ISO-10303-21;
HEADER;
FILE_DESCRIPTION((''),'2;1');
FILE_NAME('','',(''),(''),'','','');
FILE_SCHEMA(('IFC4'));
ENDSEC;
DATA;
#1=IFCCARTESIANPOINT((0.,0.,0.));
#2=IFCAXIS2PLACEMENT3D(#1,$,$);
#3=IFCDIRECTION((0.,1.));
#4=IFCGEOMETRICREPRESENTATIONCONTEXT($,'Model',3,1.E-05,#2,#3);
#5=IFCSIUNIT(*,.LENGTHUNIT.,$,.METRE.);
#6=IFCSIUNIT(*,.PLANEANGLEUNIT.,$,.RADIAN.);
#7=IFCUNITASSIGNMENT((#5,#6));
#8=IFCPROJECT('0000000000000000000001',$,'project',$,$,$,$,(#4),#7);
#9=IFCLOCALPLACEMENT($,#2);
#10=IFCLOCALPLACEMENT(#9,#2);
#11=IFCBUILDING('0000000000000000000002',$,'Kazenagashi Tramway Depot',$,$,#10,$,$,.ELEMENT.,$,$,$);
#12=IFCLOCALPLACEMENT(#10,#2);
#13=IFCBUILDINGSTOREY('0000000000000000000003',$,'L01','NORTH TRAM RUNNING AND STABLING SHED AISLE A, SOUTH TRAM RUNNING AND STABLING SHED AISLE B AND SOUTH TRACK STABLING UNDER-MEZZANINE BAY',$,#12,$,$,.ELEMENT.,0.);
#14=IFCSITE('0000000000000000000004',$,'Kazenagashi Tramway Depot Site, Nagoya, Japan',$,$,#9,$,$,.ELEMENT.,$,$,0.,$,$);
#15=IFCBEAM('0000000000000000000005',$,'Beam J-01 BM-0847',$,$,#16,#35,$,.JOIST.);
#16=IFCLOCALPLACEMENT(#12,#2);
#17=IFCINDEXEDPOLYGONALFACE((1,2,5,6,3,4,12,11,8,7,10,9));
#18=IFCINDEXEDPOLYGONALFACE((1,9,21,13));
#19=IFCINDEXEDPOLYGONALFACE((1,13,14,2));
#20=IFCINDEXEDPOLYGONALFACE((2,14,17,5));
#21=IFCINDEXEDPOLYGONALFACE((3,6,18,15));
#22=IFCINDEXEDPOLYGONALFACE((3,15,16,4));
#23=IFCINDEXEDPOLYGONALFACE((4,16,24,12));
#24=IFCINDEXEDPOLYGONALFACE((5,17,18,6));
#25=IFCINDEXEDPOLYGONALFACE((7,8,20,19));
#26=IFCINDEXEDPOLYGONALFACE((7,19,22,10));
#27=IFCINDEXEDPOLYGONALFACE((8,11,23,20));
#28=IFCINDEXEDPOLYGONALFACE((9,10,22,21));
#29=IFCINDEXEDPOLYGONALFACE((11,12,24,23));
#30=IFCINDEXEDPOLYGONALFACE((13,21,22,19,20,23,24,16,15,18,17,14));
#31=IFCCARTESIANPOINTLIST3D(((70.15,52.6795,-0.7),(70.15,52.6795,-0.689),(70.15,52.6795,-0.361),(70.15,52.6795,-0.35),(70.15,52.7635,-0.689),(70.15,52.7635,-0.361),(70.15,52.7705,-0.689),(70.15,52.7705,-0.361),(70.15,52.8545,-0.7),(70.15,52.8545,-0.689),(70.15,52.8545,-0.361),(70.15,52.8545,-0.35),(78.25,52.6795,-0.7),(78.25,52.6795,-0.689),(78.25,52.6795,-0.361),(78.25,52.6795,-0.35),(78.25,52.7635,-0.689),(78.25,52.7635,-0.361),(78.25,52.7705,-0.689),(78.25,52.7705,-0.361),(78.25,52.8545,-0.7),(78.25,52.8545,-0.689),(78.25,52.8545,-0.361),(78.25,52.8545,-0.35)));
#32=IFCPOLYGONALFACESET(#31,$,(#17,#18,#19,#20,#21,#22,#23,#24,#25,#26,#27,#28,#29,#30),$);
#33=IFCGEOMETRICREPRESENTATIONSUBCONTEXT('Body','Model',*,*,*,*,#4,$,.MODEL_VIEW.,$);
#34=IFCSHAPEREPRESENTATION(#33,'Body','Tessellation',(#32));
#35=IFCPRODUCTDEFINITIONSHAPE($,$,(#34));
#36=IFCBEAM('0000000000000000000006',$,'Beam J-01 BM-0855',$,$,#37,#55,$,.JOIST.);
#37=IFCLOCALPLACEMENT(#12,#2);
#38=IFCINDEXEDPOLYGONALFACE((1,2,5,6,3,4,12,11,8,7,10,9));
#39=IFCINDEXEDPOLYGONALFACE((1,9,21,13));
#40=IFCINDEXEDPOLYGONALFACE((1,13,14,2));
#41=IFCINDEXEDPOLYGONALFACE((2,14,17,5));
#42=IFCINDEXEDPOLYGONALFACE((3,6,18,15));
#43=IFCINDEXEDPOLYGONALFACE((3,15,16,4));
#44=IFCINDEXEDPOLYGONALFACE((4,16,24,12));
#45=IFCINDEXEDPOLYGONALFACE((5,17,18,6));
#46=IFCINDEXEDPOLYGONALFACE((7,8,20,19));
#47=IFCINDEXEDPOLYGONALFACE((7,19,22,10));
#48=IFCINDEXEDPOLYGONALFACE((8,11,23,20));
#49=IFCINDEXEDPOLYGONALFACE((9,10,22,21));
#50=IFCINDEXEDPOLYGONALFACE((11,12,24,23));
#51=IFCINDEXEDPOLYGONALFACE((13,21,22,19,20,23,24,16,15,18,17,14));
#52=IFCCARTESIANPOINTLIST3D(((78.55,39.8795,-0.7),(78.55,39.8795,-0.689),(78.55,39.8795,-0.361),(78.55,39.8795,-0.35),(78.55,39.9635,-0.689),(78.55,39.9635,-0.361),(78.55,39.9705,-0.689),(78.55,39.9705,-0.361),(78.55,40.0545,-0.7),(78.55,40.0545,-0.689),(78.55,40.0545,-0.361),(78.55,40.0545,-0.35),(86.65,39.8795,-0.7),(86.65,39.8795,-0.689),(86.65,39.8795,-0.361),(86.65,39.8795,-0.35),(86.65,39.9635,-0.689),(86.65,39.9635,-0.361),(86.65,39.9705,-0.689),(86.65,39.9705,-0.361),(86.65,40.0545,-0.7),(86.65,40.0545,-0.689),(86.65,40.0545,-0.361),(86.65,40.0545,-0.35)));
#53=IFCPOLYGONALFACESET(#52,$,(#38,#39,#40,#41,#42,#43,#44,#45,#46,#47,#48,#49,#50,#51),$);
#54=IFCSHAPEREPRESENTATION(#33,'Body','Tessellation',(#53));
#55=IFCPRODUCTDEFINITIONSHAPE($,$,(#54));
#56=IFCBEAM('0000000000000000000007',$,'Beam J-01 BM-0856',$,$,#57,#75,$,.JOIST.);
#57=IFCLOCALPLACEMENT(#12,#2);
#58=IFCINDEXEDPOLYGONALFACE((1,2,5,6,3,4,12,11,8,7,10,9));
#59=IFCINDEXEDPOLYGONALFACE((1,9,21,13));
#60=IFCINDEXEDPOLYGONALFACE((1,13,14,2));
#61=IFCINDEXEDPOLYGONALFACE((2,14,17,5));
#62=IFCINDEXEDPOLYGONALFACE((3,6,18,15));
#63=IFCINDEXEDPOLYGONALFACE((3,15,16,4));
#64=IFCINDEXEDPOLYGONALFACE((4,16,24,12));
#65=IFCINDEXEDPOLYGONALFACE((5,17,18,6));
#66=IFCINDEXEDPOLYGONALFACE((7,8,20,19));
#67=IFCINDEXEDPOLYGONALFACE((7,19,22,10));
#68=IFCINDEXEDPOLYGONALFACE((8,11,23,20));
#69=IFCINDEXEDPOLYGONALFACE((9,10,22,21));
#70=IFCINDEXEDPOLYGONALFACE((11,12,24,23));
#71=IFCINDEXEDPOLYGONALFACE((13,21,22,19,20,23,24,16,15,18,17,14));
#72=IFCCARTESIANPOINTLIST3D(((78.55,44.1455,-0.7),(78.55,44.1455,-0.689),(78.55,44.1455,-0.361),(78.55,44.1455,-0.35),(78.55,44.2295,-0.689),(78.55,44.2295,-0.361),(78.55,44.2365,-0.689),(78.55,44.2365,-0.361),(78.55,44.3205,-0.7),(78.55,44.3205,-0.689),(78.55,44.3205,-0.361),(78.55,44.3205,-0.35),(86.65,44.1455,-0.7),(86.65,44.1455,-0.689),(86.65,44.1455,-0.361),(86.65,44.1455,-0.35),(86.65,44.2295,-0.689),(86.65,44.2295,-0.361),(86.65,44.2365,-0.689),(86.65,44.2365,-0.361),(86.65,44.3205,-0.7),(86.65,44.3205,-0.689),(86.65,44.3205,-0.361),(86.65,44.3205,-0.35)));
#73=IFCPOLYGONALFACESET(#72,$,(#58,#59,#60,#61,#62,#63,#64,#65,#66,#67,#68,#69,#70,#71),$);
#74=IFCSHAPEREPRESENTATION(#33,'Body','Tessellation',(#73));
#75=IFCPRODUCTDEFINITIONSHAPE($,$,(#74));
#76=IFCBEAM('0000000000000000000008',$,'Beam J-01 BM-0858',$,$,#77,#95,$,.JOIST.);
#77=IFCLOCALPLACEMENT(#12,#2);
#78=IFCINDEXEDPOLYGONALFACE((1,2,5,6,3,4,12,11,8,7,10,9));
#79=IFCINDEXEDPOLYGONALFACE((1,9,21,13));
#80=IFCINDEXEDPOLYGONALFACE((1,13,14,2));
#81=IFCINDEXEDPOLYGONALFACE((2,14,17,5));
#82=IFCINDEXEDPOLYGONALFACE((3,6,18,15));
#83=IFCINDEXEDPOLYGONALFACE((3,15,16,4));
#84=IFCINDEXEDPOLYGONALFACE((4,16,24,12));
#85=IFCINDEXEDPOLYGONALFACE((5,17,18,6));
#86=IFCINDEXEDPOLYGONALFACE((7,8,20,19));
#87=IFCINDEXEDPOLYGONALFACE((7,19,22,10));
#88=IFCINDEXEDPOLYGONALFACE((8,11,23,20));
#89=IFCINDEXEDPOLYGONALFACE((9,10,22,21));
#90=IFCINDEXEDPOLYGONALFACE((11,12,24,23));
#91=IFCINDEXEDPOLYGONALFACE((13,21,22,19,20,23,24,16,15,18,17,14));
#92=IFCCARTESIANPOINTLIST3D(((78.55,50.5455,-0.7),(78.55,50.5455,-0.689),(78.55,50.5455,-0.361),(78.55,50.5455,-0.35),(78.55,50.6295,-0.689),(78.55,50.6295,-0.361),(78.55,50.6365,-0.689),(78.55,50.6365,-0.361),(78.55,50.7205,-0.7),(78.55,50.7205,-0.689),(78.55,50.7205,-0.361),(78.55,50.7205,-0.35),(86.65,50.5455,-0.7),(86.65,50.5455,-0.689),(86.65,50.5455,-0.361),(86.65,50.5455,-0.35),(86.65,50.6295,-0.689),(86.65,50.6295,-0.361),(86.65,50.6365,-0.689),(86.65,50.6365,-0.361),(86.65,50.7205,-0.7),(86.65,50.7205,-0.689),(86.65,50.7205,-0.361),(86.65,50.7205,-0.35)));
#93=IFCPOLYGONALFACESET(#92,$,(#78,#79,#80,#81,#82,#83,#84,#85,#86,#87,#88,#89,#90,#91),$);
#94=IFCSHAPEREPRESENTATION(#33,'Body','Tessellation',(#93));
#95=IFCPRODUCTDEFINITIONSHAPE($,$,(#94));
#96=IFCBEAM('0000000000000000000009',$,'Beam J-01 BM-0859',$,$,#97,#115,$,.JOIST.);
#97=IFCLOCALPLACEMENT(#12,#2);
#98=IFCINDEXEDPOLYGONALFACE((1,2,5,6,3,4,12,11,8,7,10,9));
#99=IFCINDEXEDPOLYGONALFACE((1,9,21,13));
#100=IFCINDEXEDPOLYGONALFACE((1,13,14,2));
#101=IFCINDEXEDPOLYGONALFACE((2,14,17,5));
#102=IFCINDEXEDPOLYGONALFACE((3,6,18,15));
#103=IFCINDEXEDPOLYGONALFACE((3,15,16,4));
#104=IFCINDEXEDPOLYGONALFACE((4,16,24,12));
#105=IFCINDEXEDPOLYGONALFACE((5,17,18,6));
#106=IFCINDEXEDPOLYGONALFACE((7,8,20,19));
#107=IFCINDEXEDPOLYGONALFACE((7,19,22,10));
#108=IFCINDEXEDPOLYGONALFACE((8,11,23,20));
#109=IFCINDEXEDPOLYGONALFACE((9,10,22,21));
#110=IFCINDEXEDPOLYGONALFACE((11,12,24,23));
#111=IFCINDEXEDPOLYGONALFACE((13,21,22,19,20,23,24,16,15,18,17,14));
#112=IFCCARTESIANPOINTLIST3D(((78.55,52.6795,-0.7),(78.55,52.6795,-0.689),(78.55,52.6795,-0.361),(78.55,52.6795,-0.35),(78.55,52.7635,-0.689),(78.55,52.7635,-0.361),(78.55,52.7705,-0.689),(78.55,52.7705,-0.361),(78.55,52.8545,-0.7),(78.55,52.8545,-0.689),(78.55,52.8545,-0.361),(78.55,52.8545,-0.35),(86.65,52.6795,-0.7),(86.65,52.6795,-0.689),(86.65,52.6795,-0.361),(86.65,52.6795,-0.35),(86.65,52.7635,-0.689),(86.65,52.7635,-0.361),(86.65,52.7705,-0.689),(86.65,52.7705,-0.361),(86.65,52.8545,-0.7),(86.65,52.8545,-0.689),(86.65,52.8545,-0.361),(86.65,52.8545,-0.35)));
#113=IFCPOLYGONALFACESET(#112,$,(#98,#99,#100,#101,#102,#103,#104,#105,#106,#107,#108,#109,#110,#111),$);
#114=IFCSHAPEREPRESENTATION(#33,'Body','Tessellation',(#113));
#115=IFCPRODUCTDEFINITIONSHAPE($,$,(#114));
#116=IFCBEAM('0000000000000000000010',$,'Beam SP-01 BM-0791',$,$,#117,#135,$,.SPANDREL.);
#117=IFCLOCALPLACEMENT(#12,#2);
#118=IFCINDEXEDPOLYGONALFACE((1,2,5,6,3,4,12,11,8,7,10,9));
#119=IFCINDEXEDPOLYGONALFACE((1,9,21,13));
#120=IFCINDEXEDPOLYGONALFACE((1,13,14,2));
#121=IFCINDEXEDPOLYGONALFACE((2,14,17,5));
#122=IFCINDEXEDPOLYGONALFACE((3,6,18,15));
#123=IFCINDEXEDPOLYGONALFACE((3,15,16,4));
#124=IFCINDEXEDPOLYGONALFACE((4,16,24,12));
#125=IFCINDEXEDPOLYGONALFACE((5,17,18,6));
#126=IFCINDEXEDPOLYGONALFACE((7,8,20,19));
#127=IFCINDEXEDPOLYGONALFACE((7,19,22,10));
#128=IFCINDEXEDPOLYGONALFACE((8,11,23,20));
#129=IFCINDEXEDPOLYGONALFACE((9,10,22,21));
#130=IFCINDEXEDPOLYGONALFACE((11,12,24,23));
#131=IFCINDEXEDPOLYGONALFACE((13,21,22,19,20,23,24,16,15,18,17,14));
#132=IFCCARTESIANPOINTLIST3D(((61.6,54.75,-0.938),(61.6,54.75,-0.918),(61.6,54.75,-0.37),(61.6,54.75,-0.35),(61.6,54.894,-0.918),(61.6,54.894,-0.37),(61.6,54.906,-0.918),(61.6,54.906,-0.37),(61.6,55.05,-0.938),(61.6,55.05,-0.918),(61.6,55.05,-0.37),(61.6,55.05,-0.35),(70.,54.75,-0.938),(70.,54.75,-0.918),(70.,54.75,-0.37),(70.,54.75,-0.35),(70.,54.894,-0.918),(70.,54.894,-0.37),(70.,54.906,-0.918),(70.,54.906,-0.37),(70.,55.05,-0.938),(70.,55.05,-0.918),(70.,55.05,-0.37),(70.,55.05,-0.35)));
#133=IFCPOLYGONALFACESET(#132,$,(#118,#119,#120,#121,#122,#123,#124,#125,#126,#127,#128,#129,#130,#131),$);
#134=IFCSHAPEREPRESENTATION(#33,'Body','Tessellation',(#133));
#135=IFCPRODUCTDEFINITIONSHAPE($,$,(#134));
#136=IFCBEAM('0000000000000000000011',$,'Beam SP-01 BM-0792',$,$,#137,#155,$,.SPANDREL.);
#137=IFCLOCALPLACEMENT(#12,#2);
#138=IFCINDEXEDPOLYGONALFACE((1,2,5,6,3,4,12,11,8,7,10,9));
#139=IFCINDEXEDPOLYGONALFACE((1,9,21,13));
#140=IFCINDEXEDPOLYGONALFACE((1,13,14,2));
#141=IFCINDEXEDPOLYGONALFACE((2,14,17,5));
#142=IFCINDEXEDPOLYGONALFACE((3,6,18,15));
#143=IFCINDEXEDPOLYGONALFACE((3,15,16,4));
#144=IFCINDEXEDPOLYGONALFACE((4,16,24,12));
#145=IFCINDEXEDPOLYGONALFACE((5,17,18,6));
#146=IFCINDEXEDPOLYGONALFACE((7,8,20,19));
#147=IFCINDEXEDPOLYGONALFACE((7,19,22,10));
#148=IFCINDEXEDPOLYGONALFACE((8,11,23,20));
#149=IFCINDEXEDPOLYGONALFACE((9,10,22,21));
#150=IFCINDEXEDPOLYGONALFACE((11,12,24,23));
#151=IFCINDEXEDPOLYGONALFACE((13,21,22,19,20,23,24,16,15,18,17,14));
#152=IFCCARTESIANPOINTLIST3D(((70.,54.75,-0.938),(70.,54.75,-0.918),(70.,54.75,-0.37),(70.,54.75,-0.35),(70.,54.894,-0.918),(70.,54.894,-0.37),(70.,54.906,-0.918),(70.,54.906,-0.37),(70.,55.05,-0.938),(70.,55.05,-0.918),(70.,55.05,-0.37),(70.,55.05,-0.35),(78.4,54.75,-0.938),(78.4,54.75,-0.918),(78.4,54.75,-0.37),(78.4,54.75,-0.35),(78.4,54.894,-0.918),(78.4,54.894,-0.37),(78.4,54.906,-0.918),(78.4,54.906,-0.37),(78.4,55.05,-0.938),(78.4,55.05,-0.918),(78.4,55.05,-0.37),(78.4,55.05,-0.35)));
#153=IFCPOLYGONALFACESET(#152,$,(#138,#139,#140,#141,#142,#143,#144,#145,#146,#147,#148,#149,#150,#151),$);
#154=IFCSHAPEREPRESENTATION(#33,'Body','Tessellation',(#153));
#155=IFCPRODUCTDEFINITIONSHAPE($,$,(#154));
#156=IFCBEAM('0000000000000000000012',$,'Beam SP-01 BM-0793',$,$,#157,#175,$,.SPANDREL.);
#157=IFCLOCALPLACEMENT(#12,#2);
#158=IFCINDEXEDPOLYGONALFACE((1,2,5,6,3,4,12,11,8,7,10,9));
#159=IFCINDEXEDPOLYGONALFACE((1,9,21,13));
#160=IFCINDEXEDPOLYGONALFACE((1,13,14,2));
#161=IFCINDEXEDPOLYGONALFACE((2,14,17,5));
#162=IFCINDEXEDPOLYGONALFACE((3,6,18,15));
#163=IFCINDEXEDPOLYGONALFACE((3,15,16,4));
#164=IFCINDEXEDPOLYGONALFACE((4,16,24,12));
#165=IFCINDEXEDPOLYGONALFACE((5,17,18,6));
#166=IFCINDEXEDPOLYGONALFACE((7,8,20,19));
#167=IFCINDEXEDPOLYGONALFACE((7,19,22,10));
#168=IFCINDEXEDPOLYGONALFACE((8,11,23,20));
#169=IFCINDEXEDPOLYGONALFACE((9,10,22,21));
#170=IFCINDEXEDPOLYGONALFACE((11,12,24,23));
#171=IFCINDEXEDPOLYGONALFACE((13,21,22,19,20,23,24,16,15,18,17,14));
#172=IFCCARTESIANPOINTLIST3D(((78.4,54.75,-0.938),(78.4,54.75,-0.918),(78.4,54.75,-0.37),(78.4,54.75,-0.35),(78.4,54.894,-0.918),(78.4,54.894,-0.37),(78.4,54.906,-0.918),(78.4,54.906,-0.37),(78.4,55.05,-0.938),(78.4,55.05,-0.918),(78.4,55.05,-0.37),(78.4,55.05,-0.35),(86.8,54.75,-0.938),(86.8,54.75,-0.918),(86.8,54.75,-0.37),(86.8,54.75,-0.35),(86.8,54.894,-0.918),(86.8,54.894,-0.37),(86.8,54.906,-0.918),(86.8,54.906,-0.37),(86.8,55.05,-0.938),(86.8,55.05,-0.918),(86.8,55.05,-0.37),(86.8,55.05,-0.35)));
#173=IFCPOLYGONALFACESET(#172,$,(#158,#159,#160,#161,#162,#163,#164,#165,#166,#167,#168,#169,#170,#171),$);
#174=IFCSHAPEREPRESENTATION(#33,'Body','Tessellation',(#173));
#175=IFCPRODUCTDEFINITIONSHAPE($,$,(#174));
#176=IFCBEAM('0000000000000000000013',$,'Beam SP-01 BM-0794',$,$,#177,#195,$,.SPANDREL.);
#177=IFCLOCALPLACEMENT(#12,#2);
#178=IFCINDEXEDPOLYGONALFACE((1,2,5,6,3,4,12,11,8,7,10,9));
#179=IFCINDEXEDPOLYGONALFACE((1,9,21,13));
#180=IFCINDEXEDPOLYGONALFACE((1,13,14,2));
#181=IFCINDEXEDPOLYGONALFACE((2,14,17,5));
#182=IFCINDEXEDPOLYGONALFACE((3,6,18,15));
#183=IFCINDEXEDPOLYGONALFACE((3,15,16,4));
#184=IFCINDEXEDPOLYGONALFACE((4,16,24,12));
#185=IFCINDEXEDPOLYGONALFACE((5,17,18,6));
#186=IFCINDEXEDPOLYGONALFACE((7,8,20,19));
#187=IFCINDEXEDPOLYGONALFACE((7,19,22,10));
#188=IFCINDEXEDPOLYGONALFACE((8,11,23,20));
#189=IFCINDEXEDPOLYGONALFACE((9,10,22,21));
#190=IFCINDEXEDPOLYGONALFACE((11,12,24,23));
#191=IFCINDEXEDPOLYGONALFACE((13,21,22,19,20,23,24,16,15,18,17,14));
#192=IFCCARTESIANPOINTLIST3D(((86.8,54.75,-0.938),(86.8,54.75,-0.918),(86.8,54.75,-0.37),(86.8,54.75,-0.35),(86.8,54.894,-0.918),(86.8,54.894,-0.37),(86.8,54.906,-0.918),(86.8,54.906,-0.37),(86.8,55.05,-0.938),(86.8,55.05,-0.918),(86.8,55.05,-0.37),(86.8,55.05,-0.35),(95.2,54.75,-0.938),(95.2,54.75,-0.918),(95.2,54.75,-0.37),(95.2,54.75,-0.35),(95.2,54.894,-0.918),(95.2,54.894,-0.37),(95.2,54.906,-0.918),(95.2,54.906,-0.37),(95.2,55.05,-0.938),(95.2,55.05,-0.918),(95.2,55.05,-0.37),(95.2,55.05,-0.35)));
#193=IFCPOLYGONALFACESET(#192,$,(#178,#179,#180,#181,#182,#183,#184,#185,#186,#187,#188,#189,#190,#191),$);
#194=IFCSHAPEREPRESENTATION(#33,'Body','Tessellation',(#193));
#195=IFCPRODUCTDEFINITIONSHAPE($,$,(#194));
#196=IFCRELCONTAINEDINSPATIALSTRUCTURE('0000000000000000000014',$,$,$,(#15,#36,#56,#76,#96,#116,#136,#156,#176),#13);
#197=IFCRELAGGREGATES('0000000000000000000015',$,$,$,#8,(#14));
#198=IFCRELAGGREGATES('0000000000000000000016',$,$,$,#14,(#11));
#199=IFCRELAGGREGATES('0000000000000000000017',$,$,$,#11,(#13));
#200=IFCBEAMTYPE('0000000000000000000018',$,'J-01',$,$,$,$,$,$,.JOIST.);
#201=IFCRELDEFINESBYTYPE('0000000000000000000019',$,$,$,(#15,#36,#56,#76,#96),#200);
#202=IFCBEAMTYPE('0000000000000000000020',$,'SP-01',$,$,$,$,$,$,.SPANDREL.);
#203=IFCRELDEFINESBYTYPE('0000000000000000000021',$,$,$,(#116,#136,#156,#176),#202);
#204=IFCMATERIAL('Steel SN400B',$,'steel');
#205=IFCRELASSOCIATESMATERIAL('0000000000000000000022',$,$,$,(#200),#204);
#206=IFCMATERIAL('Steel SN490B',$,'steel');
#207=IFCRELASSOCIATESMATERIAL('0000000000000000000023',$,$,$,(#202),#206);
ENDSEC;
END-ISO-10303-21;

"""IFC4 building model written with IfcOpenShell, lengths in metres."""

from ifc_helpers import new_model, si_unit, direction, frame, origin, origin_2d, place, context, subcontext, project, spatial, i_section, extrude, material, material_profile, profile_set, type_object, element, save


model = new_model("IFC4")

# Units and contexts
model_context = context("Model", 3, precision=1e-05, world=origin(), true_north=direction((0.0, 1.0)))
body_context = subcontext(model_context, "Body", "Model", "MODEL_VIEW")
ifc_project = project(units=[si_unit("LENGTHUNIT", "METRE"), si_unit("PLANEANGLEUNIT", "RADIAN")], contexts=[model_context])

# Site, building, storey
site_placement = place(None, origin())
site = spatial("IfcSite", under=ifc_project, at=site_placement, Name="Kazenagashi Tramway Depot Site, Nagoya, Japan", CompositionType="ELEMENT", RefElevation=0.0)
building_placement = place(site_placement, origin())
building = spatial("IfcBuilding", under=site, at=building_placement, Name="Kazenagashi Tramway Depot", CompositionType="ELEMENT")
storey_placement = place(building_placement, origin())
storey = spatial("IfcBuildingStorey", under=building, at=storey_placement, Name="L01", Description="NORTH TRAM RUNNING AND STABLING SHED AISLE A, SOUTH TRAM RUNNING AND STABLING SHED AISLE B AND SOUTH TRACK STABLING UNDER-MEZZANINE BAY", CompositionType="ELEMENT", Elevation=0.0)

# Shared definitions
ifc_material_1 = material(Name="Steel SN490B", Category="steel")

# Beams
ifc_material_2 = material(Name="Steel SN400B", Category="steel")
ifc_material_profile_1 = material_profile(ifc_material_2, i_section(OverallWidth=0.175, OverallDepth=0.35, WebThickness=0.007, FlangeThickness=0.011, at=origin_2d()), Name="H-350x175x7x11")
ifc_profile_set_1 = profile_set([ifc_material_profile_1], Name="Steel SN400B")
beam_type_1 = type_object("IfcBeamType", Name="J-01", PredefinedType="JOIST", material=ifc_profile_set_1)
for number, where, z_axis, x_axis, name in (
    (1, (70.15, 52.767, -0.525), (1.0, 0.0, 0.0), (0.0, 1.0, 0.0), "Beam J-01 BM-0847"),
    (2, (78.55, 39.967, -0.525), (1.0, 0.0, 0.0), (0.0, 1.0, 0.0), "Beam J-01 BM-0855"),
    (3, (78.55, 44.233, -0.525), (1.0, 0.0, 0.0), (0.0, 1.0, 0.0), "Beam J-01 BM-0856"),
    (4, (78.55, 50.633, -0.525), (1.0, 0.0, 0.0), (0.0, 1.0, 0.0), "Beam J-01 BM-0858"),
    (5, (78.55, 52.767, -0.525), (1.0, 0.0, 0.0), (0.0, 1.0, 0.0), "Beam J-01 BM-0859"),
):
    element("IfcBeam", number, at=place(storey_placement, frame(where, z_axis=z_axis, x_axis=x_axis)), inside=storey, type_object=beam_type_1, Name=name, PredefinedType="JOIST", context=body_context, shape_type="SweptSolid", body=[
        extrude(i_section(OverallWidth=0.175, OverallDepth=0.35, WebThickness=0.007, FlangeThickness=0.011, at=origin_2d()), origin(), (0.0, 0.0, 1.0), 8.1),
    ])
ifc_material_profile_2 = material_profile(ifc_material_1, i_section(OverallWidth=0.3, OverallDepth=0.588, WebThickness=0.012, FlangeThickness=0.02, at=origin_2d()), Name="H-588x300x12x20")
ifc_profile_set_2 = profile_set([ifc_material_profile_2], Name="Steel SN490B")
beam_type_2 = type_object("IfcBeamType", Name="SP-01", PredefinedType="SPANDREL", material=ifc_profile_set_2)
for number, where, z_axis, x_axis, name in (
    (6, (61.6, 54.9, -0.644), (1.0, 0.0, 0.0), (0.0, 1.0, 0.0), "Beam SP-01 BM-0791"),
    (7, (70.0, 54.9, -0.644), (1.0, 0.0, 0.0), (0.0, 1.0, 0.0), "Beam SP-01 BM-0792"),
    (8, (78.4, 54.9, -0.644), (1.0, 0.0, 0.0), (0.0, 1.0, 0.0), "Beam SP-01 BM-0793"),
    (9, (86.8, 54.9, -0.644), (1.0, 0.0, 0.0), (0.0, 1.0, 0.0), "Beam SP-01 BM-0794"),
):
    element("IfcBeam", number, at=place(storey_placement, frame(where, z_axis=z_axis, x_axis=x_axis)), inside=storey, type_object=beam_type_2, Name=name, PredefinedType="SPANDREL", context=body_context, shape_type="SweptSolid", body=[
        extrude(i_section(OverallWidth=0.3, OverallDepth=0.588, WebThickness=0.012, FlangeThickness=0.02, at=origin_2d()), origin(), (0.0, 0.0, 1.0), 8.4),
    ])

save(model, "model.ifc")
